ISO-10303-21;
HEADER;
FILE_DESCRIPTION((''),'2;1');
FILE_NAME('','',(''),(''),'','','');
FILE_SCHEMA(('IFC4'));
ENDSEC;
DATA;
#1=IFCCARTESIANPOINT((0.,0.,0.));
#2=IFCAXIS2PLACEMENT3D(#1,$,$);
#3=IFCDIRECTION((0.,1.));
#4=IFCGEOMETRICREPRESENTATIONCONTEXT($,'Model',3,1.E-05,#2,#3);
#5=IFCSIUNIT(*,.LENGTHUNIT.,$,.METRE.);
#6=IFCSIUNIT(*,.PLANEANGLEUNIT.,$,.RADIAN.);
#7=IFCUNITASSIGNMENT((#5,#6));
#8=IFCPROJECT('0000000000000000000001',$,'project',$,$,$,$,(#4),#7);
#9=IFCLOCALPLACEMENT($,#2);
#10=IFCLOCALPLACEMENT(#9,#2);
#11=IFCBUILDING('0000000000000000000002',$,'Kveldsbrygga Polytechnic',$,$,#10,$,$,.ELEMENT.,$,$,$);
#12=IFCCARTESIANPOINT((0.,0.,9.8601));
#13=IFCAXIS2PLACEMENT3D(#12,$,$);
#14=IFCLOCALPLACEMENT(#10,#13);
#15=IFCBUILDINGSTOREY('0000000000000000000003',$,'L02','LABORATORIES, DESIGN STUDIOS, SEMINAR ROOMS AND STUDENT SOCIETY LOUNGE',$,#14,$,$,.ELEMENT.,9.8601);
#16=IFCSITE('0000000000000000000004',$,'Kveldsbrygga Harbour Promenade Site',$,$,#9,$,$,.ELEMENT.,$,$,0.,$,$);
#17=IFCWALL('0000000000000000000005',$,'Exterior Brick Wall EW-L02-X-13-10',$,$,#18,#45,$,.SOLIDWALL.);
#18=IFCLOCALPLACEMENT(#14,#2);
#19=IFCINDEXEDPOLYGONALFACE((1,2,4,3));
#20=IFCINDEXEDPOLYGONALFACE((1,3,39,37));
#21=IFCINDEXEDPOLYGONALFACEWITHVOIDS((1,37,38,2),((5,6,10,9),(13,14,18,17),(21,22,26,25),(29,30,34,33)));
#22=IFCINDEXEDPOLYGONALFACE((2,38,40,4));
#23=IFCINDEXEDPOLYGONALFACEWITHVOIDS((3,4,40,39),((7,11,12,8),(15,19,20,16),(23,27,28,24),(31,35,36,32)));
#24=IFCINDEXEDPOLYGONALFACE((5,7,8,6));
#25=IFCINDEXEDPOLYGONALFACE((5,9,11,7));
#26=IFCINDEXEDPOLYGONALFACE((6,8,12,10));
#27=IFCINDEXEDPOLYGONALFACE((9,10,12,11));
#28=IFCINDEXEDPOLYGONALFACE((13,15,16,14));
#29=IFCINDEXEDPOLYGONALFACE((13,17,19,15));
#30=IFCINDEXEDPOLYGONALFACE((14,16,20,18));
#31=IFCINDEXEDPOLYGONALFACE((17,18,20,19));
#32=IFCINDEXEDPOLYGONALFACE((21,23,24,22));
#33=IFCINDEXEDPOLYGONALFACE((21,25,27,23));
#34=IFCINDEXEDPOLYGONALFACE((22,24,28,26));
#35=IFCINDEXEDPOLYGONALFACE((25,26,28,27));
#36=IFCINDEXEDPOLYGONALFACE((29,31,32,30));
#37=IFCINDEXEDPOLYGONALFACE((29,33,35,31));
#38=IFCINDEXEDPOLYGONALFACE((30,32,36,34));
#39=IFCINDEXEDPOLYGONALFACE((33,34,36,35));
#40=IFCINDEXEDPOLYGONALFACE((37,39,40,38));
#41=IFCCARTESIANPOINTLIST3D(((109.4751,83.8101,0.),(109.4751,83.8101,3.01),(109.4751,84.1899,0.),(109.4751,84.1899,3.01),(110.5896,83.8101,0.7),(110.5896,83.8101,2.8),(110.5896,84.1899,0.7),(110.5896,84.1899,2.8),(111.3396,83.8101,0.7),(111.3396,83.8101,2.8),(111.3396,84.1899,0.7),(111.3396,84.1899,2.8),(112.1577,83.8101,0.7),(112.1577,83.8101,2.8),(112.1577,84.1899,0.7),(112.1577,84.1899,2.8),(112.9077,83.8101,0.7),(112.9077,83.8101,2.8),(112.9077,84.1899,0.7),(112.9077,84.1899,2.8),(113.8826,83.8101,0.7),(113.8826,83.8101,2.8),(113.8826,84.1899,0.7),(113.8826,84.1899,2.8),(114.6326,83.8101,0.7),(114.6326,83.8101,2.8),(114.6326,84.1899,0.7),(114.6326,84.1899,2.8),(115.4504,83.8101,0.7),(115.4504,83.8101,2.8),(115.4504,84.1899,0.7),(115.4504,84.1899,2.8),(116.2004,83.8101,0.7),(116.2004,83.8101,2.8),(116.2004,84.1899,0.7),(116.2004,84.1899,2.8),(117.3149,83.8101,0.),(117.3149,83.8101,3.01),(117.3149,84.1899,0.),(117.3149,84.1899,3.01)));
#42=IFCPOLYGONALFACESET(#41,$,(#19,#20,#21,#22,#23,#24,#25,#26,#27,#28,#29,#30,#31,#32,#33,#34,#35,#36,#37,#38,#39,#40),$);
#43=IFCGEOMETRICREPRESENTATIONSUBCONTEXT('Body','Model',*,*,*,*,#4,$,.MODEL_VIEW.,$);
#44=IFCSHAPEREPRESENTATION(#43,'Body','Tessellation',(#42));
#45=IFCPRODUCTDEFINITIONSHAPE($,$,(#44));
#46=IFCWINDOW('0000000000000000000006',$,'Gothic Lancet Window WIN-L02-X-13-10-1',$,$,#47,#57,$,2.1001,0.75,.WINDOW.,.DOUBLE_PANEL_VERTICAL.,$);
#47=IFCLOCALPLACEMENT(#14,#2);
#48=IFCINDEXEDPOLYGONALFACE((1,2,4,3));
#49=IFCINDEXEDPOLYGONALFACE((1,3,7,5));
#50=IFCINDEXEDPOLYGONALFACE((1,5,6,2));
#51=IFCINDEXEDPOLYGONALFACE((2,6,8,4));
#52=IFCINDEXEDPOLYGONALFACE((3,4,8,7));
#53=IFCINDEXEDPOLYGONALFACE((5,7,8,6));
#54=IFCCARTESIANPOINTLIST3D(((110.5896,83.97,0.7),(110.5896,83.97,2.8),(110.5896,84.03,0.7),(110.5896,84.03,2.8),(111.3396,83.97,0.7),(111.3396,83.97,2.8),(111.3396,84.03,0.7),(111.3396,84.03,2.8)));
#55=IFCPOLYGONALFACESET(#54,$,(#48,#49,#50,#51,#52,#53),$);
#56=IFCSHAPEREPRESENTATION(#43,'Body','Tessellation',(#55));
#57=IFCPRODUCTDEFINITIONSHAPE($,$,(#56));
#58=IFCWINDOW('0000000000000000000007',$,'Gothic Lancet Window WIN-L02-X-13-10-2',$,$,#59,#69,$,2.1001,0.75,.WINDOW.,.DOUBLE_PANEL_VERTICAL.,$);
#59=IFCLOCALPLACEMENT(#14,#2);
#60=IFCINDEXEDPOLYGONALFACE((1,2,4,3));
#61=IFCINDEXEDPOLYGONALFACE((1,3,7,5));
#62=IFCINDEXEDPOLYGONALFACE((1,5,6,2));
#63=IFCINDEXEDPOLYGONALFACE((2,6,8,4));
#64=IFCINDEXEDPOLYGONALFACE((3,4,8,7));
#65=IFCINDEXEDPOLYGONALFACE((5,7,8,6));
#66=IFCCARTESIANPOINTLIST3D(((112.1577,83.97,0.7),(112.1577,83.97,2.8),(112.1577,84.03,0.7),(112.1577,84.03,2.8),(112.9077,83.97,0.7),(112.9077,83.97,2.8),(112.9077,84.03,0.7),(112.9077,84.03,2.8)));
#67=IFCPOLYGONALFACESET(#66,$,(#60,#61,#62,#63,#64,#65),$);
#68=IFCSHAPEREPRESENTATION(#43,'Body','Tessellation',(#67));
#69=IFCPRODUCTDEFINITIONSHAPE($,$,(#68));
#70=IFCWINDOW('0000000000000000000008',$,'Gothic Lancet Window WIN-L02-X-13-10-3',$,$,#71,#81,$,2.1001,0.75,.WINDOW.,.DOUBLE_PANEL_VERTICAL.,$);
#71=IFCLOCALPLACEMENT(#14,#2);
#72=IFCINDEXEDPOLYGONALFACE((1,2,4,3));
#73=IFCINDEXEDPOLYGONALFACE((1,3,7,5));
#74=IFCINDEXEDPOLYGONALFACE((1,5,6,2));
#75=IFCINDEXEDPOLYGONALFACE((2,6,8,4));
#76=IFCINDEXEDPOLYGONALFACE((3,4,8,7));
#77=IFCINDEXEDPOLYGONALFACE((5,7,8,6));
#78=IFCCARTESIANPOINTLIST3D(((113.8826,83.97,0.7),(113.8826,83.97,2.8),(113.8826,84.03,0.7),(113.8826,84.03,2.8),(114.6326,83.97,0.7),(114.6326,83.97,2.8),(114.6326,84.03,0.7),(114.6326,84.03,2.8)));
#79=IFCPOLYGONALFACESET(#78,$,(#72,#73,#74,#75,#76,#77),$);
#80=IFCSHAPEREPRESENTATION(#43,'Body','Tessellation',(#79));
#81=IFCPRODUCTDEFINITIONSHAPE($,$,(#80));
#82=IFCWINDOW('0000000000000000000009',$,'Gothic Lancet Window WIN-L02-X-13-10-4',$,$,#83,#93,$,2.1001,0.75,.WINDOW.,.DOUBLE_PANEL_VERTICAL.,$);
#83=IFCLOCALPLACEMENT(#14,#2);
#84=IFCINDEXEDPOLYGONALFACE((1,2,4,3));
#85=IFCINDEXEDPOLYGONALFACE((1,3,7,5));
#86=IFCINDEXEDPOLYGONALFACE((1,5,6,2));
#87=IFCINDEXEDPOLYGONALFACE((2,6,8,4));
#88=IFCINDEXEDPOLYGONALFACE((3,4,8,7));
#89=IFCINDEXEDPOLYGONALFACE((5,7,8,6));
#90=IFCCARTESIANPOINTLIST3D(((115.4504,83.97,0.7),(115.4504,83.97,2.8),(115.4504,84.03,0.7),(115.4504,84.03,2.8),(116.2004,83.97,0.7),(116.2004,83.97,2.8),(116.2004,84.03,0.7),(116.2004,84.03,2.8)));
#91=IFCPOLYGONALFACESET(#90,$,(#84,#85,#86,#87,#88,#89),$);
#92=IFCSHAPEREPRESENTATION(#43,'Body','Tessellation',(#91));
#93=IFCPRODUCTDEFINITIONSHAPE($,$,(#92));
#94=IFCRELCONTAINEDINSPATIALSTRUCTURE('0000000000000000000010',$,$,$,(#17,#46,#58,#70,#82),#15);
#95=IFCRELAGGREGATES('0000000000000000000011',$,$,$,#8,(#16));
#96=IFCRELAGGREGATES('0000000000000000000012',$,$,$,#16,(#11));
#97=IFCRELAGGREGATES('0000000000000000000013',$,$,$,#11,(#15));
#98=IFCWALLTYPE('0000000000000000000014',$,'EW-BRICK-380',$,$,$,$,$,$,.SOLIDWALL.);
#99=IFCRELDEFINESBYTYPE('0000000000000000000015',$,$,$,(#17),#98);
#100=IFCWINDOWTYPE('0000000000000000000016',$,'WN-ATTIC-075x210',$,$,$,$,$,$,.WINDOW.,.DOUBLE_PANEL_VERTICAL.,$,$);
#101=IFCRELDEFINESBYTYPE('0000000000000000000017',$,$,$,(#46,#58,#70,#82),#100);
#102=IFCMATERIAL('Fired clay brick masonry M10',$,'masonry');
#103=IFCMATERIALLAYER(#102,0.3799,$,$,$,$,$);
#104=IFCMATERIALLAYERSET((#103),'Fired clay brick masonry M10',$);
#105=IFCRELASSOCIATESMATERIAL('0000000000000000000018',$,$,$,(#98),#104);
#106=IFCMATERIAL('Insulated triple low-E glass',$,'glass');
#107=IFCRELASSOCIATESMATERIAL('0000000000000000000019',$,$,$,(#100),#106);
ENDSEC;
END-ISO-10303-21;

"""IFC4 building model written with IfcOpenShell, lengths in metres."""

from ifc_helpers import new_model, si_unit, direction, frame, frame_2d, origin, place, context, subcontext, project, spatial, rectangle, extrude, material, layer, layer_set, type_object, element, fill, save


model = new_model("IFC4")

# Units and contexts
model_context = context("Model", 3, precision=1e-05, world=origin(), true_north=direction((0.0, 1.0)))
body_context = subcontext(model_context, "Body", "Model", "MODEL_VIEW")
ifc_project = project(units=[si_unit("LENGTHUNIT", "METRE"), si_unit("PLANEANGLEUNIT", "RADIAN")], contexts=[model_context])

# Site, building, storey
site_placement = place(None, origin())
site = spatial("IfcSite", under=ifc_project, at=site_placement, Name="Kveldsbrygga Harbour Promenade Site", CompositionType="ELEMENT", RefElevation=0.0)
building_placement = place(site_placement, origin())
building = spatial("IfcBuilding", under=site, at=building_placement, Name="Kveldsbrygga Polytechnic", CompositionType="ELEMENT")
storey_placement = place(building_placement, frame((0.0, 0.0, 9.8601)))
storey = spatial("IfcBuildingStorey", under=building, at=storey_placement, Name="L02", Description="LABORATORIES, DESIGN STUDIOS, SEMINAR ROOMS AND STUDENT SOCIETY LOUNGE", CompositionType="ELEMENT", Elevation=9.8601)

# Wall, openings, windows
ifc_material_1 = material(Name="Fired clay brick masonry M10", Category="masonry")
ifc_layer_1 = layer(ifc_material_1, 0.3799)
ifc_layer_set_1 = layer_set([ifc_layer_1], Name="Fired clay brick masonry M10")
wall_type_1 = type_object("IfcWallType", Name="EW-BRICK-380", PredefinedType="SOLIDWALL", material=ifc_layer_set_1)
wall_1_placement = place(storey_placement, frame((109.4751, 84.0, 0.0), z_axis=(0.0, 0.0, 1.0), x_axis=(1.0, 0.0, 0.0)))
wall_1 = element("IfcWall", 1, at=wall_1_placement, inside=storey, type_object=wall_type_1, Name="Exterior Brick Wall EW-L02-X-13-10", PredefinedType="SOLIDWALL", context=body_context, shape_type="SweptSolid", body=[
    extrude(rectangle(XDim=7.8398, YDim=0.3799, at=frame_2d((3.9199, 0.0))), origin(), (0.0, 0.0, 1.0), 3.01),
])
opening_1_placement = place(wall_1_placement, frame((1.1145, 0.0, 0.7)))
opening_1 = element("IfcOpeningElement", 2, at=opening_1_placement, cuts=wall_1, PredefinedType="OPENING", context=body_context, shape_type="SweptSolid", body=[
    extrude(rectangle(XDim=0.75, YDim=2.1001, at=frame_2d((0.375, 1.05))), frame((0.0, 0.2, 0.0), z_axis=(0.0, -1.0, 0.0), x_axis=(1.0, 0.0, 0.0)), (0.0, 0.0, 1.0), 0.3999),
])
opening_2_placement = place(wall_1_placement, frame((2.6826, 0.0, 0.7)))
opening_2 = element("IfcOpeningElement", 3, at=opening_2_placement, cuts=wall_1, PredefinedType="OPENING", context=body_context, shape_type="SweptSolid", body=[
    extrude(rectangle(XDim=0.75, YDim=2.1001, at=frame_2d((0.375, 1.05))), frame((0.0, 0.2, 0.0), z_axis=(0.0, -1.0, 0.0), x_axis=(1.0, 0.0, 0.0)), (0.0, 0.0, 1.0), 0.3999),
])
opening_3_placement = place(wall_1_placement, frame((4.4075, 0.0, 0.7)))
opening_3 = element("IfcOpeningElement", 4, at=opening_3_placement, cuts=wall_1, PredefinedType="OPENING", context=body_context, shape_type="SweptSolid", body=[
    extrude(rectangle(XDim=0.75, YDim=2.1001, at=frame_2d((0.375, 1.05))), frame((0.0, 0.2, 0.0), z_axis=(0.0, -1.0, 0.0), x_axis=(1.0, 0.0, 0.0)), (0.0, 0.0, 1.0), 0.3999),
])
opening_4_placement = place(wall_1_placement, frame((5.9753, 0.0, 0.7)))
opening_4 = element("IfcOpeningElement", 5, at=opening_4_placement, cuts=wall_1, PredefinedType="OPENING", context=body_context, shape_type="SweptSolid", body=[
    extrude(rectangle(XDim=0.75, YDim=2.1001, at=frame_2d((0.375, 1.05))), frame((0.0, 0.2, 0.0), z_axis=(0.0, -1.0, 0.0), x_axis=(1.0, 0.0, 0.0)), (0.0, 0.0, 1.0), 0.3999),
])
ifc_material_2 = material(Name="Insulated triple low-E glass", Category="glass")
window_type = type_object("IfcWindowType", Name="WN-ATTIC-075x210", PartitioningType="DOUBLE_PANEL_VERTICAL", PredefinedType="WINDOW", material=ifc_material_2)
window_1_placement = place(opening_1_placement, origin())
window_1 = element("IfcWindow", 6, at=window_1_placement, inside=storey, type_object=window_type, Name="Gothic Lancet Window WIN-L02-X-13-10-1", OverallHeight=2.1001, OverallWidth=0.75, PartitioningType="DOUBLE_PANEL_VERTICAL", PredefinedType="WINDOW", context=body_context, shape_type="SweptSolid", body=[
    extrude(rectangle(XDim=0.75, YDim=2.1001, at=frame_2d((0.375, 1.05))), frame((0.0, 0.03, 0.0), z_axis=(0.0, -1.0, 0.0), x_axis=(1.0, 0.0, 0.0)), (0.0, 0.0, 1.0), 0.0601),
])
fill(opening_1, window_1)
window_2_placement = place(opening_2_placement, origin())
window_2 = element("IfcWindow", 7, at=window_2_placement, inside=storey, type_object=window_type, Name="Gothic Lancet Window WIN-L02-X-13-10-2", OverallHeight=2.1001, OverallWidth=0.75, PartitioningType="DOUBLE_PANEL_VERTICAL", PredefinedType="WINDOW", context=body_context, shape_type="SweptSolid", body=[
    extrude(rectangle(XDim=0.75, YDim=2.1001, at=frame_2d((0.375, 1.05))), frame((0.0, 0.03, 0.0), z_axis=(0.0, -1.0, 0.0), x_axis=(1.0, 0.0, 0.0)), (0.0, 0.0, 1.0), 0.0601),
])
fill(opening_2, window_2)
window_3_placement = place(opening_3_placement, origin())
window_3 = element("IfcWindow", 8, at=window_3_placement, inside=storey, type_object=window_type, Name="Gothic Lancet Window WIN-L02-X-13-10-3", OverallHeight=2.1001, OverallWidth=0.75, PartitioningType="DOUBLE_PANEL_VERTICAL", PredefinedType="WINDOW", context=body_context, shape_type="SweptSolid", body=[
    extrude(rectangle(XDim=0.75, YDim=2.1001, at=frame_2d((0.375, 1.05))), frame((0.0, 0.03, 0.0), z_axis=(0.0, -1.0, 0.0), x_axis=(1.0, 0.0, 0.0)), (0.0, 0.0, 1.0), 0.0601),
])
fill(opening_3, window_3)
window_4_placement = place(opening_4_placement, origin())
window_4 = element("IfcWindow", 9, at=window_4_placement, inside=storey, type_object=window_type, Name="Gothic Lancet Window WIN-L02-X-13-10-4", OverallHeight=2.1001, OverallWidth=0.75, PartitioningType="DOUBLE_PANEL_VERTICAL", PredefinedType="WINDOW", context=body_context, shape_type="SweptSolid", body=[
    extrude(rectangle(XDim=0.75, YDim=2.1001, at=frame_2d((0.375, 1.05))), frame((0.0, 0.03, 0.0), z_axis=(0.0, -1.0, 0.0), x_axis=(1.0, 0.0, 0.0)), (0.0, 0.0, 1.0), 0.0601),
])
fill(opening_4, window_4)

save(model, "model.ifc")
